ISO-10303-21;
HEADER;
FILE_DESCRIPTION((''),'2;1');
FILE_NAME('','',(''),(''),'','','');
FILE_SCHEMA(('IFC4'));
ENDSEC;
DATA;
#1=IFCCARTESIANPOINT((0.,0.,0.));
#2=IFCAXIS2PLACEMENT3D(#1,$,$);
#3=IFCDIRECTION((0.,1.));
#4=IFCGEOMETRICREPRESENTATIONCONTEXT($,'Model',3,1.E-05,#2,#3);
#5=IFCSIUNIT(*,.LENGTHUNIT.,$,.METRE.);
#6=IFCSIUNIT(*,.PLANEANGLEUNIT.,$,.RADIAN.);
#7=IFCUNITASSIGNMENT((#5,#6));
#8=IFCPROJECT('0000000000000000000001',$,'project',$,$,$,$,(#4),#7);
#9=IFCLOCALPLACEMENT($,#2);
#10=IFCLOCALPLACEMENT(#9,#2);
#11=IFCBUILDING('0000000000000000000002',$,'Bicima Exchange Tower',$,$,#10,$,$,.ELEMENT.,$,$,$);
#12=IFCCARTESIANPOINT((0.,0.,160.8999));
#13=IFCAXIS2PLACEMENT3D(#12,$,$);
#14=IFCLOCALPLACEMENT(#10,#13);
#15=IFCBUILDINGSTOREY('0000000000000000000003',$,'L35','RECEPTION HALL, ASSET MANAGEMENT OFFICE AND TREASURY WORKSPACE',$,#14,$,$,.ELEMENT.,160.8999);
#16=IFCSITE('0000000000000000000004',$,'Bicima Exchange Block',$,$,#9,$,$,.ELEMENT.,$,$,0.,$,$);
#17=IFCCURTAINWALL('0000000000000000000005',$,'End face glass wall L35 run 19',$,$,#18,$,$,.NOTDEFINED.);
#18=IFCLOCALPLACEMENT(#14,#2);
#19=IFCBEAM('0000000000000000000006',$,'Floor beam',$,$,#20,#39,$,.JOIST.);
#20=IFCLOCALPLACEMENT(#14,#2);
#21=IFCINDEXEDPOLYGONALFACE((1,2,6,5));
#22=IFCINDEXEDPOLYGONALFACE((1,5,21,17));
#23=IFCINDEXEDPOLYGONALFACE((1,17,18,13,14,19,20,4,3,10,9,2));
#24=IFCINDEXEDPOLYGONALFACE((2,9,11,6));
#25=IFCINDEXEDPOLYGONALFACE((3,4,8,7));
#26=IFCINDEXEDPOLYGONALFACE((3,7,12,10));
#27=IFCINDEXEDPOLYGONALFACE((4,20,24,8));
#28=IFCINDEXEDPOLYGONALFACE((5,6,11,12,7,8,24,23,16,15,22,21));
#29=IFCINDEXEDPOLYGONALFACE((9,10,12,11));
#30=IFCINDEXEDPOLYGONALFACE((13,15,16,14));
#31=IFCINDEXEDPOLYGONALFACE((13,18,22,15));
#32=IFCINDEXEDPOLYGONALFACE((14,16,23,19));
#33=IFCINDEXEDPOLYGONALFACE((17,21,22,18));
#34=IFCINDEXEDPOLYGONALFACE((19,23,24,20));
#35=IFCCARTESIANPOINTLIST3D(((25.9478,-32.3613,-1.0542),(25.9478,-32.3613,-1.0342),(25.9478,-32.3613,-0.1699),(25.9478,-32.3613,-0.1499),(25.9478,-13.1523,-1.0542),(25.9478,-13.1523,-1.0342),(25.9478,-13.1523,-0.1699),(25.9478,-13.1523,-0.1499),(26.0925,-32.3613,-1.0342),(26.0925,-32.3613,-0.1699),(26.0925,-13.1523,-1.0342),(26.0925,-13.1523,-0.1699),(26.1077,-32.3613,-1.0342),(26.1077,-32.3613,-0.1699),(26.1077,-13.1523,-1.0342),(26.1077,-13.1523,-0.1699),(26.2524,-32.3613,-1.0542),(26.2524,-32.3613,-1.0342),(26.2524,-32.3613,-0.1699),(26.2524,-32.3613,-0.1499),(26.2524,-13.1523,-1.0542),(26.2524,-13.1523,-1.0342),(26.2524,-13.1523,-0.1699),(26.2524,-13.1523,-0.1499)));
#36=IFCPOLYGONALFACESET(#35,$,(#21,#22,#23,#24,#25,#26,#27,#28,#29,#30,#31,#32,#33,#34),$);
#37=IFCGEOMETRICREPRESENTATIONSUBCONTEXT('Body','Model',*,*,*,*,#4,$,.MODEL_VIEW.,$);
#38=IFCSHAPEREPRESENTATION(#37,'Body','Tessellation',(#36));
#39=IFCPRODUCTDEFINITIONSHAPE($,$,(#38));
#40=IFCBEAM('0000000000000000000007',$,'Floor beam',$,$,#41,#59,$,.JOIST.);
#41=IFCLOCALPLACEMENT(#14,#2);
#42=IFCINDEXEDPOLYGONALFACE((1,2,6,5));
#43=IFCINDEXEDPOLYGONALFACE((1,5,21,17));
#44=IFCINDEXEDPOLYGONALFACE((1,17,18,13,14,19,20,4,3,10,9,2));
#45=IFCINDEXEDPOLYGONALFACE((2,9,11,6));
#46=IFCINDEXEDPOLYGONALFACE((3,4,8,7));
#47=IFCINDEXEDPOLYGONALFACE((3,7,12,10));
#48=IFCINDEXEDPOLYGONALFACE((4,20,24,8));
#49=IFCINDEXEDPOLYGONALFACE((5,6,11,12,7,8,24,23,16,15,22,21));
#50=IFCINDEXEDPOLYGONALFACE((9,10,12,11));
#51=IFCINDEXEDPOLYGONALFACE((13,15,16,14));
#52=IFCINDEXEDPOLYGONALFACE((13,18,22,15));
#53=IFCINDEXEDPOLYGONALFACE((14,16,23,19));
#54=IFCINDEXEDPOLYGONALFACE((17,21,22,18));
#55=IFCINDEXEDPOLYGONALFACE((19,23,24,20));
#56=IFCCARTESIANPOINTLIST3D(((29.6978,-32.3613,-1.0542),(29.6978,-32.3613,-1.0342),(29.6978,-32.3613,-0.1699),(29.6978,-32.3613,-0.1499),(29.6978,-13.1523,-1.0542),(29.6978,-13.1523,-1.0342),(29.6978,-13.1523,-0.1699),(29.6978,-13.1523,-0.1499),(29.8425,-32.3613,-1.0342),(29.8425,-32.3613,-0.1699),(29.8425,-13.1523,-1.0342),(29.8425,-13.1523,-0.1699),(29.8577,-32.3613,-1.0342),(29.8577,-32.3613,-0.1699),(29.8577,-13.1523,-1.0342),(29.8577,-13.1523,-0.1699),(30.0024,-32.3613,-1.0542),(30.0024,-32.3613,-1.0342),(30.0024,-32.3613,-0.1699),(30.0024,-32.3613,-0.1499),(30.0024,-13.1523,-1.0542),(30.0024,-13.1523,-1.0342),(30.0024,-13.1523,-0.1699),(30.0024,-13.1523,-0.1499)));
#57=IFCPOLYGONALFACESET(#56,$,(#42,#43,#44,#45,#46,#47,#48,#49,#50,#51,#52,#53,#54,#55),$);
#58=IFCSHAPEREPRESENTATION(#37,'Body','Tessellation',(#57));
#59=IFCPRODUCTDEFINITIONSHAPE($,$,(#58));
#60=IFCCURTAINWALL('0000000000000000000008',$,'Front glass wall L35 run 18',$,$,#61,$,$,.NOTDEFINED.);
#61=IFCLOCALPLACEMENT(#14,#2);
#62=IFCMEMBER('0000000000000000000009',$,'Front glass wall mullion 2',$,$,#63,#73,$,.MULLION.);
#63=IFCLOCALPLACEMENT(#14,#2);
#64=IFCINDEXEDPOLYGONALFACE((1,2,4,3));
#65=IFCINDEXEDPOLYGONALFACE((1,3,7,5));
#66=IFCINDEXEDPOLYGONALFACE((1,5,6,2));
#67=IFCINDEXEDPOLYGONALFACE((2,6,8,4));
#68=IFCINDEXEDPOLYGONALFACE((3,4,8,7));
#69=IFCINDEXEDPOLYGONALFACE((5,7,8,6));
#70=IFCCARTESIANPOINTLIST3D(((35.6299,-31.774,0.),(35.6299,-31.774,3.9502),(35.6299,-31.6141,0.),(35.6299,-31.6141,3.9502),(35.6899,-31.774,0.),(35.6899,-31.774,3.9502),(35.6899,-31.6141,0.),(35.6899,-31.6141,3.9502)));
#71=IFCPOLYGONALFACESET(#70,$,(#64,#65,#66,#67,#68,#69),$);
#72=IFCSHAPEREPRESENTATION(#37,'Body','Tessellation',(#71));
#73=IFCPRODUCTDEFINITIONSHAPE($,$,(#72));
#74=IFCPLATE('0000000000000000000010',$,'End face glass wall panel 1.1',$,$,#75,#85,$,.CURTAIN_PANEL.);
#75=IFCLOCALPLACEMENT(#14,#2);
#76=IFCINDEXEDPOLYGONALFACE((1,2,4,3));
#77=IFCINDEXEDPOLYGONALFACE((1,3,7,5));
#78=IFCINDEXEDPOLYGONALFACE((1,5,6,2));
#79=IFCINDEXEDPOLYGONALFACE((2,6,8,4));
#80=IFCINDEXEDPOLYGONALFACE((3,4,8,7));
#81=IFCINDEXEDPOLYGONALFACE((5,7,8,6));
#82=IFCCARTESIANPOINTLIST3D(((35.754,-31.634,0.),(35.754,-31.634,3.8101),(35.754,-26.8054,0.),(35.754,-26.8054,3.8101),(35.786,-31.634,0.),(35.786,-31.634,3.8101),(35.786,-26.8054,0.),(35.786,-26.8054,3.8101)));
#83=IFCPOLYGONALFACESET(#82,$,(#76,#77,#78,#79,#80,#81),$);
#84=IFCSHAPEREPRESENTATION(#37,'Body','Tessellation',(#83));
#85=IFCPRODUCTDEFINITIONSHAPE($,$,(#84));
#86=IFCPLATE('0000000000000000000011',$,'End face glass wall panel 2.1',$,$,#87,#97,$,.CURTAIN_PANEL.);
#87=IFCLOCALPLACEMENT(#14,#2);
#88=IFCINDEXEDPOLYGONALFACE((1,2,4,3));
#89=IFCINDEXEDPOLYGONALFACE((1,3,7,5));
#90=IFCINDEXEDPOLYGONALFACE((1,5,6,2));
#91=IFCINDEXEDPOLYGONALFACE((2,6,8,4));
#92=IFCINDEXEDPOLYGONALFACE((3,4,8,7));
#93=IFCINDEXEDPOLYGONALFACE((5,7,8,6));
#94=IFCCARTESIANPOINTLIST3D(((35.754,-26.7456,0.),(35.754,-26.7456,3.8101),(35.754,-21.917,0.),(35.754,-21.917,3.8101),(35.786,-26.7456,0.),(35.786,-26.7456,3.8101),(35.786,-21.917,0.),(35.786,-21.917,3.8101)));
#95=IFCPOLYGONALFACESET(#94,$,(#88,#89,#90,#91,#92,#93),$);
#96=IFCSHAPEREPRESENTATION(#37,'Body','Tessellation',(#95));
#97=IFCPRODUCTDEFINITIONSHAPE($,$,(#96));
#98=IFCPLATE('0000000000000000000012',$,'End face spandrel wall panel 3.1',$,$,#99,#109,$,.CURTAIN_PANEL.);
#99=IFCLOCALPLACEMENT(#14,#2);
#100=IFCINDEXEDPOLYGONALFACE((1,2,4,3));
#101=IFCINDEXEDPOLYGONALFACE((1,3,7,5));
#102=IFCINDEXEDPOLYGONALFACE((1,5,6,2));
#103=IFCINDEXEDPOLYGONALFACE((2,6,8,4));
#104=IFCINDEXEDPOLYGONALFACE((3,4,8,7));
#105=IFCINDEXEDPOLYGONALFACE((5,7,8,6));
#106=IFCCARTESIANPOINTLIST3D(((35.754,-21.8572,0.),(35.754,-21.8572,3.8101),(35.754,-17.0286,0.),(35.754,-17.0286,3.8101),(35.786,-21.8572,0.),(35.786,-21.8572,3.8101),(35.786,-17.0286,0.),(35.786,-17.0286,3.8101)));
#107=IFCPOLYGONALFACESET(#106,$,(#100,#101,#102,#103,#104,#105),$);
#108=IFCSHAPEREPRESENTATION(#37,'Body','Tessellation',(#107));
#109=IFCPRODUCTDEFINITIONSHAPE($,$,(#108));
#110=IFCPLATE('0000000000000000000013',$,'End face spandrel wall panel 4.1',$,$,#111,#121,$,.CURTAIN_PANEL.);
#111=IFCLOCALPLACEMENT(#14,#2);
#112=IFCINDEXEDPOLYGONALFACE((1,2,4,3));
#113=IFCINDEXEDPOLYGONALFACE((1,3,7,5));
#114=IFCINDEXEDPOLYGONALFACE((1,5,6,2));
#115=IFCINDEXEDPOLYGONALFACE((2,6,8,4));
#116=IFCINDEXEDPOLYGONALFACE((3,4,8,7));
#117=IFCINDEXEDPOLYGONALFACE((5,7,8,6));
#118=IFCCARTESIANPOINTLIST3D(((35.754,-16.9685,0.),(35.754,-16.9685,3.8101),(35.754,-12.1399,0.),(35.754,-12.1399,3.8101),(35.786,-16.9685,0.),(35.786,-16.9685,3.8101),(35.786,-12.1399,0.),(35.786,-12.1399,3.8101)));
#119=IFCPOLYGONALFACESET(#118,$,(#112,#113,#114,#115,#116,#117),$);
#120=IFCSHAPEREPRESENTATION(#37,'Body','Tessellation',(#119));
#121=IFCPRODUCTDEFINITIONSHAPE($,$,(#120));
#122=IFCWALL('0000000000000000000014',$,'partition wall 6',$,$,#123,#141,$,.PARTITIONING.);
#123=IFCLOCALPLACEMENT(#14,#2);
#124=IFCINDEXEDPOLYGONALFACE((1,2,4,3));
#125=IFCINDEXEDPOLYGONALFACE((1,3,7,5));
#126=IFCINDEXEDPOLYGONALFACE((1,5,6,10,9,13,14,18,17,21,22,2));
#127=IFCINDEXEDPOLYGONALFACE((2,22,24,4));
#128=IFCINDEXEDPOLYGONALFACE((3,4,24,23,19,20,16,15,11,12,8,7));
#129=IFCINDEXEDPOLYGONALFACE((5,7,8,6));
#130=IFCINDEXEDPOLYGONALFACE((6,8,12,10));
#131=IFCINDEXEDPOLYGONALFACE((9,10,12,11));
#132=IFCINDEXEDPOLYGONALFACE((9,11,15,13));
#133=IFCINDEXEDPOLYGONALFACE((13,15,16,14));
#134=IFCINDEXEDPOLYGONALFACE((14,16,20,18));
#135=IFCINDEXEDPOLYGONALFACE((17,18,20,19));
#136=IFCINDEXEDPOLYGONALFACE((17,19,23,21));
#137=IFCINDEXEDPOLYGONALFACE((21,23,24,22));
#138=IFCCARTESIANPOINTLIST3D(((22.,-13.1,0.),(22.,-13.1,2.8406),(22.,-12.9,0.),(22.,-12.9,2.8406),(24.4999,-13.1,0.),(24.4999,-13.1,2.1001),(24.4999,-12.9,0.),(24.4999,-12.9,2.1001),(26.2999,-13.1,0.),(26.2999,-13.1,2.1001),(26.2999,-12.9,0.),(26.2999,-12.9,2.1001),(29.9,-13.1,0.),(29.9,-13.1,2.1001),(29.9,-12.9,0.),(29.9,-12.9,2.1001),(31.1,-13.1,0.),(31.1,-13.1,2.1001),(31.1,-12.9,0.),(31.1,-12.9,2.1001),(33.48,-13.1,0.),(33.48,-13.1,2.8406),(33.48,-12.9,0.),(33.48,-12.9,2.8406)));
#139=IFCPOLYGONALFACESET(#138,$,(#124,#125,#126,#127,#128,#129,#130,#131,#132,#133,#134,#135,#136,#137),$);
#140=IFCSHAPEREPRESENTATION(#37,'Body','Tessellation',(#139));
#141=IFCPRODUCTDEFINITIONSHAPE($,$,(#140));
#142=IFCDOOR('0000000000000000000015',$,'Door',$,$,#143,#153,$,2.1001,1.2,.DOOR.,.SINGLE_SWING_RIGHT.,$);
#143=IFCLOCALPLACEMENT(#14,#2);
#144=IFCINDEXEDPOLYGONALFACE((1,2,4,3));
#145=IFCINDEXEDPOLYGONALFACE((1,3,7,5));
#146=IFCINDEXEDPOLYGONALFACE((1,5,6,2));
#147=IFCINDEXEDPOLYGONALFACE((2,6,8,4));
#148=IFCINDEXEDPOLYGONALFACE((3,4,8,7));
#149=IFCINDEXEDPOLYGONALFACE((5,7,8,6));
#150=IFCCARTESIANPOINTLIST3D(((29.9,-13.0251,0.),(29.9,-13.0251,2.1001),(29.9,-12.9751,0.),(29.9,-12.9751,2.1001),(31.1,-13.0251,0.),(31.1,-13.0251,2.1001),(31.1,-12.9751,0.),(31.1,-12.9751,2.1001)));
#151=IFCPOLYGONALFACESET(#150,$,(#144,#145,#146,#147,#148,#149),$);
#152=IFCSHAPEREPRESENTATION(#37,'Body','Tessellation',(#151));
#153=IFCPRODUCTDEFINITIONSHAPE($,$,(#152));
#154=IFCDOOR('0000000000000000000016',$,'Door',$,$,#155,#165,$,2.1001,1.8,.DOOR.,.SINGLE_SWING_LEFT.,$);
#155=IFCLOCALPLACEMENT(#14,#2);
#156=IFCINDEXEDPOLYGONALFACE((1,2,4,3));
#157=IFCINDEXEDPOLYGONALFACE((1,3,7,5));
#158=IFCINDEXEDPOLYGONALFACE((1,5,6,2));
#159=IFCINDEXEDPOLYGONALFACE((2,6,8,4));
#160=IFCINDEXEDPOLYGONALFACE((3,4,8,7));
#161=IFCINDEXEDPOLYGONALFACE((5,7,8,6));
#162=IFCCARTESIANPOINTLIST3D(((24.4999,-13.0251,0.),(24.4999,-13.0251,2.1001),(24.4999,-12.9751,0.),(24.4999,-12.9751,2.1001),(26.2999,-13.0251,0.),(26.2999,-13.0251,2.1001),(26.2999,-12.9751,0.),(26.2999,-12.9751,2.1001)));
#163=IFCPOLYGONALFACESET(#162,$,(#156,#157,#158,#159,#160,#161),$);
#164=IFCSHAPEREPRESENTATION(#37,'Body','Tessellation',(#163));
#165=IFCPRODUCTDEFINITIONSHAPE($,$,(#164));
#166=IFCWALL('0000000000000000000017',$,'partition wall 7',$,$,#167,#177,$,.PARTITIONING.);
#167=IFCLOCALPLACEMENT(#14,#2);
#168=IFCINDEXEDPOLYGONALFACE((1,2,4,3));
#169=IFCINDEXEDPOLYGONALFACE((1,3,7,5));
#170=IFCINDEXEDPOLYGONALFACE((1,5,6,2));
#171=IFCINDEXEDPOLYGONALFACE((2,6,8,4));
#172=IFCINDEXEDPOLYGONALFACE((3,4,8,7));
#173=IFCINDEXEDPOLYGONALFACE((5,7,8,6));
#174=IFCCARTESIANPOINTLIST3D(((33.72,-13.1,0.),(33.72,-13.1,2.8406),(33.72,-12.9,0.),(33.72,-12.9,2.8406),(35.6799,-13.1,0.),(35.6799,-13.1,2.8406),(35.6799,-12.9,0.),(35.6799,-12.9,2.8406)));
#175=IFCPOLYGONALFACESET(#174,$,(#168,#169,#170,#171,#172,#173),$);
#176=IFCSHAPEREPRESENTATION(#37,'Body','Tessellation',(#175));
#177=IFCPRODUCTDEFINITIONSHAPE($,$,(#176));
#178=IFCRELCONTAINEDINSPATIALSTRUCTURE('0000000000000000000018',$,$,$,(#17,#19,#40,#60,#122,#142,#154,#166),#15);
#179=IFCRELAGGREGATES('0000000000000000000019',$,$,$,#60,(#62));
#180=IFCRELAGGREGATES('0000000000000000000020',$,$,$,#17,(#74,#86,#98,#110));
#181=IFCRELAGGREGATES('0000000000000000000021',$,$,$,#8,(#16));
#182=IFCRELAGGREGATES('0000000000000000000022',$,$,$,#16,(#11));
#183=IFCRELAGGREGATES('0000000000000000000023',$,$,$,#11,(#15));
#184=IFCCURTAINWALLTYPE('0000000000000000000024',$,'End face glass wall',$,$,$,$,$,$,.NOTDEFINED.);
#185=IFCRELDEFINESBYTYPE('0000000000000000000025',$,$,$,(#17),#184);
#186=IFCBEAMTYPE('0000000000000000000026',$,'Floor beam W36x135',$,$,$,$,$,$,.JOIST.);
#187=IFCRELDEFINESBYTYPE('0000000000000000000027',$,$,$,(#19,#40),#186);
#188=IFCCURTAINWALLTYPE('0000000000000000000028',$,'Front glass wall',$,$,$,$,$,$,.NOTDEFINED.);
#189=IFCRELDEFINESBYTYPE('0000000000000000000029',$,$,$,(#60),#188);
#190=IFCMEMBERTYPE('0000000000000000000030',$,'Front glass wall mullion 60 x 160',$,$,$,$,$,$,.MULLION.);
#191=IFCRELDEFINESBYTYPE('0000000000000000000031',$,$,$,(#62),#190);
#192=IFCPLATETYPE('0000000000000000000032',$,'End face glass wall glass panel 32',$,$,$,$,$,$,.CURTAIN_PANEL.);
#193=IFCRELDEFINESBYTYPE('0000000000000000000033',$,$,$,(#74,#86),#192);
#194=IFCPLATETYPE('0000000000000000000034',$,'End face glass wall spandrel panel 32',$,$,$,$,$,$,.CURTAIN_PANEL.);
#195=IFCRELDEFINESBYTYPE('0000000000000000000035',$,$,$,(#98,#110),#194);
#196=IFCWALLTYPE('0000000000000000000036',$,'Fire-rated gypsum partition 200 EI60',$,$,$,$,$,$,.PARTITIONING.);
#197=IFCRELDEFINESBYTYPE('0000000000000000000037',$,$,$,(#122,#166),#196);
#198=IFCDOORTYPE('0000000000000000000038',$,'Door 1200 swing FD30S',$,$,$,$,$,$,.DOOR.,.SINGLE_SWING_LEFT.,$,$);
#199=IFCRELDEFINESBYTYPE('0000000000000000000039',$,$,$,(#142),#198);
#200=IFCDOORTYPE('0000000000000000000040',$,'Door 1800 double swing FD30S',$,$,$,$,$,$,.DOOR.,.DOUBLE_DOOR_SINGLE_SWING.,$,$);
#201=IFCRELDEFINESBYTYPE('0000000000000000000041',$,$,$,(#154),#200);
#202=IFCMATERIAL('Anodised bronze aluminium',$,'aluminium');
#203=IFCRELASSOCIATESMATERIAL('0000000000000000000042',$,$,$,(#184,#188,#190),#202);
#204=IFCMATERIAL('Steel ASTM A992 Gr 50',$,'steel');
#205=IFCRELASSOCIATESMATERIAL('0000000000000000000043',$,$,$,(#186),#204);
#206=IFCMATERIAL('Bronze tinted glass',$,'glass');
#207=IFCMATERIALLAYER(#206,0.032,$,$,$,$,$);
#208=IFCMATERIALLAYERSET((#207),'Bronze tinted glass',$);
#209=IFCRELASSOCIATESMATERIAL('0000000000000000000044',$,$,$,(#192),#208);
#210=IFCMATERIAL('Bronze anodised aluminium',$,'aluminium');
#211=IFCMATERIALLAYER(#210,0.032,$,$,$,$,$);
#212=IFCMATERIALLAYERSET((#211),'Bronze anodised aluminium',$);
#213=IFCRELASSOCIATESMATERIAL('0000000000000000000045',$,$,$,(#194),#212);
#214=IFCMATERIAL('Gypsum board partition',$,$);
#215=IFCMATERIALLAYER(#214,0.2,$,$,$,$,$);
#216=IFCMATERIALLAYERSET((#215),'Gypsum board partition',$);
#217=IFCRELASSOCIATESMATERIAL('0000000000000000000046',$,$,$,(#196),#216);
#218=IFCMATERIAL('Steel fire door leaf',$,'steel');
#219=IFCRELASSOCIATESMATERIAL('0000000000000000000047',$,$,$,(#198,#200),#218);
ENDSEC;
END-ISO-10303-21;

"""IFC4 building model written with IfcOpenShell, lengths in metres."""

from ifc_helpers import new_model, si_unit, direction, frame, frame_2d, origin, origin_2d, place, context, subcontext, project, spatial, rectangle, i_section, extrude, material, layer, layer_set, material_profile, profile_set, type_object, element, fill, aggregate, save


model = new_model("IFC4")

# Units and contexts
model_context = context("Model", 3, precision=1e-05, world=origin(), true_north=direction((0.0, 1.0)))
body_context = subcontext(model_context, "Body", "Model", "MODEL_VIEW")
ifc_project = project(units=[si_unit("LENGTHUNIT", "METRE"), si_unit("PLANEANGLEUNIT", "RADIAN")], contexts=[model_context])

# Site, building, storey
site_placement = place(None, origin())
site = spatial("IfcSite", under=ifc_project, at=site_placement, Name="Bicima Exchange Block", CompositionType="ELEMENT", RefElevation=0.0)
building_placement = place(site_placement, origin())
building = spatial("IfcBuilding", under=site, at=building_placement, Name="Bicima Exchange Tower", CompositionType="ELEMENT")
storey_placement = place(building_placement, frame((0.0, 0.0, 160.8999)))
storey = spatial("IfcBuildingStorey", under=building, at=storey_placement, Name="L35", Description="RECEPTION HALL, ASSET MANAGEMENT OFFICE AND TREASURY WORKSPACE", CompositionType="ELEMENT", Elevation=160.8999)

# Shared definitions
ifc_material_1 = material(Name="Steel ASTM A992 Gr 50", Category="steel")

# Curtain wall
ifc_material_2 = material(Name="Anodised bronze aluminium", Category="aluminium")
curtain_wall_type_1 = type_object("IfcCurtainWallType", Name="End face glass wall", PredefinedType="NOTDEFINED", material=ifc_material_2)
curtain_wall_1_placement = place(storey_placement, origin())
curtain_wall_1 = element("IfcCurtainWall", 1, at=curtain_wall_1_placement, inside=storey, type_object=curtain_wall_type_1, Name="End face glass wall L35 run 19", PredefinedType="NOTDEFINED")
ifc_material_profile_1 = material_profile(ifc_material_2, rectangle(XDim=0.1599, YDim=0.0601, at=origin_2d()))
ifc_profile_set_1 = profile_set([ifc_material_profile_1], Name="Anodised bronze aluminium")

# Beams
ifc_material_profile_2 = material_profile(ifc_material_1, i_section(OverallWidth=0.3047, OverallDepth=0.9043, WebThickness=0.0151, FlangeThickness=0.02, at=origin_2d()))
ifc_profile_set_2 = profile_set([ifc_material_profile_2], Name="Steel ASTM A992 Gr 50")
beam_type_1 = type_object("IfcBeamType", Name="Floor beam W36x135", PredefinedType="JOIST", material=ifc_profile_set_2)
for number, where, z_axis, x_axis, name in (
    (2, (26.1001, -13.1523, -0.6021), (0.0, -1.0, 0.0), (1.0, 0.0, 0.0), "Floor beam"),
    (3, (29.8501, -13.1523, -0.6021), (0.0, -1.0, 0.0), (1.0, 0.0, 0.0), "Floor beam"),
):
    element("IfcBeam", number, at=place(storey_placement, frame(where, z_axis=z_axis, x_axis=x_axis)), inside=storey, type_object=beam_type_1, Name=name, PredefinedType="JOIST", context=body_context, shape_type="SweptSolid", body=[
        extrude(i_section(OverallWidth=0.3047, OverallDepth=0.9043, WebThickness=0.0151, FlangeThickness=0.02, at=origin_2d()), origin(), (0.0, 0.0, 1.0), 19.209),
    ])

# Curtain wall, member
curtain_wall_type_2 = type_object("IfcCurtainWallType", Name="Front glass wall", PredefinedType="NOTDEFINED", material=ifc_material_2)
curtain_wall_2_placement = place(storey_placement, origin())
curtain_wall_2 = element("IfcCurtainWall", 4, at=curtain_wall_2_placement, inside=storey, type_object=curtain_wall_type_2, Name="Front glass wall L35 run 18", PredefinedType="NOTDEFINED")
member_type_1 = type_object("IfcMemberType", Name="Front glass wall mullion 60 x 160", PredefinedType="MULLION", material=ifc_profile_set_1)
member_1_placement = place(storey_placement, frame((35.6599, -31.6941, 0.0), z_axis=(0.0, 0.0, 1.0), x_axis=(0.0, 1.0, 0.0)))
member_1 = element("IfcMember", 5, at=member_1_placement, type_object=member_type_1, Name="Front glass wall mullion 2", PredefinedType="MULLION", context=body_context, shape_type="SweptSolid", body=[
    extrude(rectangle(XDim=0.1599, YDim=0.0601, at=origin_2d()), origin(), (0.0, 0.0, 1.0), 3.9502),
])
aggregate(curtain_wall_2, [member_1])

# Plates
ifc_material_3 = material(Name="Bronze tinted glass", Category="glass")
ifc_layer_1 = layer(ifc_material_3, 0.032)
ifc_layer_set_1 = layer_set([ifc_layer_1], Name="Bronze tinted glass")
plate_type_1 = type_object("IfcPlateType", Name="End face glass wall glass panel 32", PredefinedType="CURTAIN_PANEL", material=ifc_layer_set_1)
plate_1_placement = place(storey_placement, frame((35.77, -29.2197, 0.0), z_axis=(0.0, 0.0, 1.0), x_axis=(0.0, 1.0, 0.0)))
plate_1 = element("IfcPlate", 6, at=plate_1_placement, type_object=plate_type_1, Name="End face glass wall panel 1.1", PredefinedType="CURTAIN_PANEL", context=body_context, shape_type="SweptSolid", body=[
    extrude(rectangle(XDim=4.8286, YDim=0.032, at=origin_2d()), origin(), (0.0, 0.0, 1.0), 3.8101),
])
plate_2_placement = place(storey_placement, frame((35.77, -24.3313, 0.0), z_axis=(0.0, 0.0, 1.0), x_axis=(0.0, 1.0, 0.0)))
plate_2 = element("IfcPlate", 7, at=plate_2_placement, type_object=plate_type_1, Name="End face glass wall panel 2.1", PredefinedType="CURTAIN_PANEL", context=body_context, shape_type="SweptSolid", body=[
    extrude(rectangle(XDim=4.8286, YDim=0.032, at=origin_2d()), origin(), (0.0, 0.0, 1.0), 3.8101),
])
ifc_material_4 = material(Name="Bronze anodised aluminium", Category="aluminium")
ifc_layer_2 = layer(ifc_material_4, 0.032)
ifc_layer_set_2 = layer_set([ifc_layer_2], Name="Bronze anodised aluminium")
plate_type_2 = type_object("IfcPlateType", Name="End face glass wall spandrel panel 32", PredefinedType="CURTAIN_PANEL", material=ifc_layer_set_2)
plate_3_placement = place(storey_placement, frame((35.77, -19.4429, 0.0), z_axis=(0.0, 0.0, 1.0), x_axis=(0.0, 1.0, 0.0)))
plate_3 = element("IfcPlate", 8, at=plate_3_placement, type_object=plate_type_2, Name="End face spandrel wall panel 3.1", PredefinedType="CURTAIN_PANEL", context=body_context, shape_type="SweptSolid", body=[
    extrude(rectangle(XDim=4.8286, YDim=0.032, at=origin_2d()), origin(), (0.0, 0.0, 1.0), 3.8101),
])
plate_4_placement = place(storey_placement, frame((35.77, -14.5542, 0.0), z_axis=(0.0, 0.0, 1.0), x_axis=(0.0, 1.0, 0.0)))
plate_4 = element("IfcPlate", 9, at=plate_4_placement, type_object=plate_type_2, Name="End face spandrel wall panel 4.1", PredefinedType="CURTAIN_PANEL", context=body_context, shape_type="SweptSolid", body=[
    extrude(rectangle(XDim=4.8286, YDim=0.032, at=origin_2d()), origin(), (0.0, 0.0, 1.0), 3.8101),
])
aggregate(curtain_wall_1, [plate_1, plate_2, plate_3, plate_4])

# Wall, openings, doors
ifc_material_5 = material(Name="Gypsum board partition")
ifc_layer_3 = layer(ifc_material_5, 0.2)
ifc_layer_set_3 = layer_set([ifc_layer_3], Name="Gypsum board partition")
wall_type = type_object("IfcWallType", Name="Fire-rated gypsum partition 200 EI60", PredefinedType="PARTITIONING", material=ifc_layer_set_3)
wall_1_placement = place(storey_placement, frame((22.0, -13.0, 0.0), z_axis=(0.0, 0.0, 1.0), x_axis=(1.0, 0.0, 0.0)))
wall_1 = element("IfcWall", 10, at=wall_1_placement, inside=storey, type_object=wall_type, Name="partition wall 6", PredefinedType="PARTITIONING", context=body_context, shape_type="SweptSolid", body=[
    extrude(rectangle(XDim=11.48, YDim=0.2, at=frame_2d((5.74, 0.0))), origin(), (0.0, 0.0, 1.0), 2.8406),
])
opening_1_placement = place(wall_1_placement, frame((7.8999, 0.0, 0.0)))
opening_1 = element("IfcOpeningElement", 11, at=opening_1_placement, cuts=wall_1, PredefinedType="OPENING", context=body_context, shape_type="SweptSolid", body=[
    extrude(rectangle(XDim=1.2, YDim=2.1001, at=frame_2d((0.6001, 1.05))), frame((0.0, 0.1118, 0.0), z_axis=(0.0, -1.0, 0.0), x_axis=(1.0, 0.0, 0.0)), (0.0, 0.0, 1.0), 0.2239),
])
opening_2_placement = place(wall_1_placement, frame((2.5, 0.0, 0.0)))
opening_2 = element("IfcOpeningElement", 12, at=opening_2_placement, cuts=wall_1, PredefinedType="OPENING", context=body_context, shape_type="SweptSolid", body=[
    extrude(rectangle(XDim=1.8, YDim=2.1001, at=frame_2d((0.8999, 1.05))), frame((0.0, 0.1118, 0.0), z_axis=(0.0, -1.0, 0.0), x_axis=(1.0, 0.0, 0.0)), (0.0, 0.0, 1.0), 0.2239),
])
ifc_material_6 = material(Name="Steel fire door leaf", Category="steel")
door_type_1 = type_object("IfcDoorType", Name="Door 1200 swing FD30S", OperationType="SINGLE_SWING_LEFT", PredefinedType="DOOR", material=ifc_material_6)
door_1_placement = place(opening_1_placement, origin())
door_1 = element("IfcDoor", 13, at=door_1_placement, inside=storey, type_object=door_type_1, Name="Door", OperationType="SINGLE_SWING_RIGHT", OverallHeight=2.1001, OverallWidth=1.2, PredefinedType="DOOR", context=body_context, shape_type="SweptSolid", body=[
    extrude(rectangle(XDim=1.2, YDim=2.1001, at=frame_2d((0.6001, 1.05))), frame((0.0, 0.0249, 0.0), z_axis=(0.0, -1.0, 0.0), x_axis=(1.0, 0.0, 0.0)), (0.0, 0.0, 1.0), 0.05),
])
fill(opening_1, door_1)
door_type_2 = type_object("IfcDoorType", Name="Door 1800 double swing FD30S", OperationType="DOUBLE_DOOR_SINGLE_SWING", PredefinedType="DOOR", material=ifc_material_6)
door_2_placement = place(opening_2_placement, origin())
door_2 = element("IfcDoor", 14, at=door_2_placement, inside=storey, type_object=door_type_2, Name="Door", OperationType="SINGLE_SWING_LEFT", OverallHeight=2.1001, OverallWidth=1.8, PredefinedType="DOOR", context=body_context, shape_type="SweptSolid", body=[
    extrude(rectangle(XDim=1.8, YDim=2.1001, at=frame_2d((0.8999, 1.05))), frame((0.0, 0.0249, 0.0), z_axis=(0.0, -1.0, 0.0), x_axis=(1.0, 0.0, 0.0)), (0.0, 0.0, 1.0), 0.05),
])
fill(opening_2, door_2)

# Wall
wall_2_placement = place(storey_placement, frame((33.72, -13.0, 0.0), z_axis=(0.0, 0.0, 1.0), x_axis=(1.0, 0.0, 0.0)))
element("IfcWall", 15, at=wall_2_placement, inside=storey, type_object=wall_type, Name="partition wall 7", PredefinedType="PARTITIONING", context=body_context, shape_type="SweptSolid", body=[
    extrude(rectangle(XDim=1.96, YDim=0.2, at=frame_2d((0.98, 0.0))), origin(), (0.0, 0.0, 1.0), 2.8406),
])

save(model, "model.ifc")
